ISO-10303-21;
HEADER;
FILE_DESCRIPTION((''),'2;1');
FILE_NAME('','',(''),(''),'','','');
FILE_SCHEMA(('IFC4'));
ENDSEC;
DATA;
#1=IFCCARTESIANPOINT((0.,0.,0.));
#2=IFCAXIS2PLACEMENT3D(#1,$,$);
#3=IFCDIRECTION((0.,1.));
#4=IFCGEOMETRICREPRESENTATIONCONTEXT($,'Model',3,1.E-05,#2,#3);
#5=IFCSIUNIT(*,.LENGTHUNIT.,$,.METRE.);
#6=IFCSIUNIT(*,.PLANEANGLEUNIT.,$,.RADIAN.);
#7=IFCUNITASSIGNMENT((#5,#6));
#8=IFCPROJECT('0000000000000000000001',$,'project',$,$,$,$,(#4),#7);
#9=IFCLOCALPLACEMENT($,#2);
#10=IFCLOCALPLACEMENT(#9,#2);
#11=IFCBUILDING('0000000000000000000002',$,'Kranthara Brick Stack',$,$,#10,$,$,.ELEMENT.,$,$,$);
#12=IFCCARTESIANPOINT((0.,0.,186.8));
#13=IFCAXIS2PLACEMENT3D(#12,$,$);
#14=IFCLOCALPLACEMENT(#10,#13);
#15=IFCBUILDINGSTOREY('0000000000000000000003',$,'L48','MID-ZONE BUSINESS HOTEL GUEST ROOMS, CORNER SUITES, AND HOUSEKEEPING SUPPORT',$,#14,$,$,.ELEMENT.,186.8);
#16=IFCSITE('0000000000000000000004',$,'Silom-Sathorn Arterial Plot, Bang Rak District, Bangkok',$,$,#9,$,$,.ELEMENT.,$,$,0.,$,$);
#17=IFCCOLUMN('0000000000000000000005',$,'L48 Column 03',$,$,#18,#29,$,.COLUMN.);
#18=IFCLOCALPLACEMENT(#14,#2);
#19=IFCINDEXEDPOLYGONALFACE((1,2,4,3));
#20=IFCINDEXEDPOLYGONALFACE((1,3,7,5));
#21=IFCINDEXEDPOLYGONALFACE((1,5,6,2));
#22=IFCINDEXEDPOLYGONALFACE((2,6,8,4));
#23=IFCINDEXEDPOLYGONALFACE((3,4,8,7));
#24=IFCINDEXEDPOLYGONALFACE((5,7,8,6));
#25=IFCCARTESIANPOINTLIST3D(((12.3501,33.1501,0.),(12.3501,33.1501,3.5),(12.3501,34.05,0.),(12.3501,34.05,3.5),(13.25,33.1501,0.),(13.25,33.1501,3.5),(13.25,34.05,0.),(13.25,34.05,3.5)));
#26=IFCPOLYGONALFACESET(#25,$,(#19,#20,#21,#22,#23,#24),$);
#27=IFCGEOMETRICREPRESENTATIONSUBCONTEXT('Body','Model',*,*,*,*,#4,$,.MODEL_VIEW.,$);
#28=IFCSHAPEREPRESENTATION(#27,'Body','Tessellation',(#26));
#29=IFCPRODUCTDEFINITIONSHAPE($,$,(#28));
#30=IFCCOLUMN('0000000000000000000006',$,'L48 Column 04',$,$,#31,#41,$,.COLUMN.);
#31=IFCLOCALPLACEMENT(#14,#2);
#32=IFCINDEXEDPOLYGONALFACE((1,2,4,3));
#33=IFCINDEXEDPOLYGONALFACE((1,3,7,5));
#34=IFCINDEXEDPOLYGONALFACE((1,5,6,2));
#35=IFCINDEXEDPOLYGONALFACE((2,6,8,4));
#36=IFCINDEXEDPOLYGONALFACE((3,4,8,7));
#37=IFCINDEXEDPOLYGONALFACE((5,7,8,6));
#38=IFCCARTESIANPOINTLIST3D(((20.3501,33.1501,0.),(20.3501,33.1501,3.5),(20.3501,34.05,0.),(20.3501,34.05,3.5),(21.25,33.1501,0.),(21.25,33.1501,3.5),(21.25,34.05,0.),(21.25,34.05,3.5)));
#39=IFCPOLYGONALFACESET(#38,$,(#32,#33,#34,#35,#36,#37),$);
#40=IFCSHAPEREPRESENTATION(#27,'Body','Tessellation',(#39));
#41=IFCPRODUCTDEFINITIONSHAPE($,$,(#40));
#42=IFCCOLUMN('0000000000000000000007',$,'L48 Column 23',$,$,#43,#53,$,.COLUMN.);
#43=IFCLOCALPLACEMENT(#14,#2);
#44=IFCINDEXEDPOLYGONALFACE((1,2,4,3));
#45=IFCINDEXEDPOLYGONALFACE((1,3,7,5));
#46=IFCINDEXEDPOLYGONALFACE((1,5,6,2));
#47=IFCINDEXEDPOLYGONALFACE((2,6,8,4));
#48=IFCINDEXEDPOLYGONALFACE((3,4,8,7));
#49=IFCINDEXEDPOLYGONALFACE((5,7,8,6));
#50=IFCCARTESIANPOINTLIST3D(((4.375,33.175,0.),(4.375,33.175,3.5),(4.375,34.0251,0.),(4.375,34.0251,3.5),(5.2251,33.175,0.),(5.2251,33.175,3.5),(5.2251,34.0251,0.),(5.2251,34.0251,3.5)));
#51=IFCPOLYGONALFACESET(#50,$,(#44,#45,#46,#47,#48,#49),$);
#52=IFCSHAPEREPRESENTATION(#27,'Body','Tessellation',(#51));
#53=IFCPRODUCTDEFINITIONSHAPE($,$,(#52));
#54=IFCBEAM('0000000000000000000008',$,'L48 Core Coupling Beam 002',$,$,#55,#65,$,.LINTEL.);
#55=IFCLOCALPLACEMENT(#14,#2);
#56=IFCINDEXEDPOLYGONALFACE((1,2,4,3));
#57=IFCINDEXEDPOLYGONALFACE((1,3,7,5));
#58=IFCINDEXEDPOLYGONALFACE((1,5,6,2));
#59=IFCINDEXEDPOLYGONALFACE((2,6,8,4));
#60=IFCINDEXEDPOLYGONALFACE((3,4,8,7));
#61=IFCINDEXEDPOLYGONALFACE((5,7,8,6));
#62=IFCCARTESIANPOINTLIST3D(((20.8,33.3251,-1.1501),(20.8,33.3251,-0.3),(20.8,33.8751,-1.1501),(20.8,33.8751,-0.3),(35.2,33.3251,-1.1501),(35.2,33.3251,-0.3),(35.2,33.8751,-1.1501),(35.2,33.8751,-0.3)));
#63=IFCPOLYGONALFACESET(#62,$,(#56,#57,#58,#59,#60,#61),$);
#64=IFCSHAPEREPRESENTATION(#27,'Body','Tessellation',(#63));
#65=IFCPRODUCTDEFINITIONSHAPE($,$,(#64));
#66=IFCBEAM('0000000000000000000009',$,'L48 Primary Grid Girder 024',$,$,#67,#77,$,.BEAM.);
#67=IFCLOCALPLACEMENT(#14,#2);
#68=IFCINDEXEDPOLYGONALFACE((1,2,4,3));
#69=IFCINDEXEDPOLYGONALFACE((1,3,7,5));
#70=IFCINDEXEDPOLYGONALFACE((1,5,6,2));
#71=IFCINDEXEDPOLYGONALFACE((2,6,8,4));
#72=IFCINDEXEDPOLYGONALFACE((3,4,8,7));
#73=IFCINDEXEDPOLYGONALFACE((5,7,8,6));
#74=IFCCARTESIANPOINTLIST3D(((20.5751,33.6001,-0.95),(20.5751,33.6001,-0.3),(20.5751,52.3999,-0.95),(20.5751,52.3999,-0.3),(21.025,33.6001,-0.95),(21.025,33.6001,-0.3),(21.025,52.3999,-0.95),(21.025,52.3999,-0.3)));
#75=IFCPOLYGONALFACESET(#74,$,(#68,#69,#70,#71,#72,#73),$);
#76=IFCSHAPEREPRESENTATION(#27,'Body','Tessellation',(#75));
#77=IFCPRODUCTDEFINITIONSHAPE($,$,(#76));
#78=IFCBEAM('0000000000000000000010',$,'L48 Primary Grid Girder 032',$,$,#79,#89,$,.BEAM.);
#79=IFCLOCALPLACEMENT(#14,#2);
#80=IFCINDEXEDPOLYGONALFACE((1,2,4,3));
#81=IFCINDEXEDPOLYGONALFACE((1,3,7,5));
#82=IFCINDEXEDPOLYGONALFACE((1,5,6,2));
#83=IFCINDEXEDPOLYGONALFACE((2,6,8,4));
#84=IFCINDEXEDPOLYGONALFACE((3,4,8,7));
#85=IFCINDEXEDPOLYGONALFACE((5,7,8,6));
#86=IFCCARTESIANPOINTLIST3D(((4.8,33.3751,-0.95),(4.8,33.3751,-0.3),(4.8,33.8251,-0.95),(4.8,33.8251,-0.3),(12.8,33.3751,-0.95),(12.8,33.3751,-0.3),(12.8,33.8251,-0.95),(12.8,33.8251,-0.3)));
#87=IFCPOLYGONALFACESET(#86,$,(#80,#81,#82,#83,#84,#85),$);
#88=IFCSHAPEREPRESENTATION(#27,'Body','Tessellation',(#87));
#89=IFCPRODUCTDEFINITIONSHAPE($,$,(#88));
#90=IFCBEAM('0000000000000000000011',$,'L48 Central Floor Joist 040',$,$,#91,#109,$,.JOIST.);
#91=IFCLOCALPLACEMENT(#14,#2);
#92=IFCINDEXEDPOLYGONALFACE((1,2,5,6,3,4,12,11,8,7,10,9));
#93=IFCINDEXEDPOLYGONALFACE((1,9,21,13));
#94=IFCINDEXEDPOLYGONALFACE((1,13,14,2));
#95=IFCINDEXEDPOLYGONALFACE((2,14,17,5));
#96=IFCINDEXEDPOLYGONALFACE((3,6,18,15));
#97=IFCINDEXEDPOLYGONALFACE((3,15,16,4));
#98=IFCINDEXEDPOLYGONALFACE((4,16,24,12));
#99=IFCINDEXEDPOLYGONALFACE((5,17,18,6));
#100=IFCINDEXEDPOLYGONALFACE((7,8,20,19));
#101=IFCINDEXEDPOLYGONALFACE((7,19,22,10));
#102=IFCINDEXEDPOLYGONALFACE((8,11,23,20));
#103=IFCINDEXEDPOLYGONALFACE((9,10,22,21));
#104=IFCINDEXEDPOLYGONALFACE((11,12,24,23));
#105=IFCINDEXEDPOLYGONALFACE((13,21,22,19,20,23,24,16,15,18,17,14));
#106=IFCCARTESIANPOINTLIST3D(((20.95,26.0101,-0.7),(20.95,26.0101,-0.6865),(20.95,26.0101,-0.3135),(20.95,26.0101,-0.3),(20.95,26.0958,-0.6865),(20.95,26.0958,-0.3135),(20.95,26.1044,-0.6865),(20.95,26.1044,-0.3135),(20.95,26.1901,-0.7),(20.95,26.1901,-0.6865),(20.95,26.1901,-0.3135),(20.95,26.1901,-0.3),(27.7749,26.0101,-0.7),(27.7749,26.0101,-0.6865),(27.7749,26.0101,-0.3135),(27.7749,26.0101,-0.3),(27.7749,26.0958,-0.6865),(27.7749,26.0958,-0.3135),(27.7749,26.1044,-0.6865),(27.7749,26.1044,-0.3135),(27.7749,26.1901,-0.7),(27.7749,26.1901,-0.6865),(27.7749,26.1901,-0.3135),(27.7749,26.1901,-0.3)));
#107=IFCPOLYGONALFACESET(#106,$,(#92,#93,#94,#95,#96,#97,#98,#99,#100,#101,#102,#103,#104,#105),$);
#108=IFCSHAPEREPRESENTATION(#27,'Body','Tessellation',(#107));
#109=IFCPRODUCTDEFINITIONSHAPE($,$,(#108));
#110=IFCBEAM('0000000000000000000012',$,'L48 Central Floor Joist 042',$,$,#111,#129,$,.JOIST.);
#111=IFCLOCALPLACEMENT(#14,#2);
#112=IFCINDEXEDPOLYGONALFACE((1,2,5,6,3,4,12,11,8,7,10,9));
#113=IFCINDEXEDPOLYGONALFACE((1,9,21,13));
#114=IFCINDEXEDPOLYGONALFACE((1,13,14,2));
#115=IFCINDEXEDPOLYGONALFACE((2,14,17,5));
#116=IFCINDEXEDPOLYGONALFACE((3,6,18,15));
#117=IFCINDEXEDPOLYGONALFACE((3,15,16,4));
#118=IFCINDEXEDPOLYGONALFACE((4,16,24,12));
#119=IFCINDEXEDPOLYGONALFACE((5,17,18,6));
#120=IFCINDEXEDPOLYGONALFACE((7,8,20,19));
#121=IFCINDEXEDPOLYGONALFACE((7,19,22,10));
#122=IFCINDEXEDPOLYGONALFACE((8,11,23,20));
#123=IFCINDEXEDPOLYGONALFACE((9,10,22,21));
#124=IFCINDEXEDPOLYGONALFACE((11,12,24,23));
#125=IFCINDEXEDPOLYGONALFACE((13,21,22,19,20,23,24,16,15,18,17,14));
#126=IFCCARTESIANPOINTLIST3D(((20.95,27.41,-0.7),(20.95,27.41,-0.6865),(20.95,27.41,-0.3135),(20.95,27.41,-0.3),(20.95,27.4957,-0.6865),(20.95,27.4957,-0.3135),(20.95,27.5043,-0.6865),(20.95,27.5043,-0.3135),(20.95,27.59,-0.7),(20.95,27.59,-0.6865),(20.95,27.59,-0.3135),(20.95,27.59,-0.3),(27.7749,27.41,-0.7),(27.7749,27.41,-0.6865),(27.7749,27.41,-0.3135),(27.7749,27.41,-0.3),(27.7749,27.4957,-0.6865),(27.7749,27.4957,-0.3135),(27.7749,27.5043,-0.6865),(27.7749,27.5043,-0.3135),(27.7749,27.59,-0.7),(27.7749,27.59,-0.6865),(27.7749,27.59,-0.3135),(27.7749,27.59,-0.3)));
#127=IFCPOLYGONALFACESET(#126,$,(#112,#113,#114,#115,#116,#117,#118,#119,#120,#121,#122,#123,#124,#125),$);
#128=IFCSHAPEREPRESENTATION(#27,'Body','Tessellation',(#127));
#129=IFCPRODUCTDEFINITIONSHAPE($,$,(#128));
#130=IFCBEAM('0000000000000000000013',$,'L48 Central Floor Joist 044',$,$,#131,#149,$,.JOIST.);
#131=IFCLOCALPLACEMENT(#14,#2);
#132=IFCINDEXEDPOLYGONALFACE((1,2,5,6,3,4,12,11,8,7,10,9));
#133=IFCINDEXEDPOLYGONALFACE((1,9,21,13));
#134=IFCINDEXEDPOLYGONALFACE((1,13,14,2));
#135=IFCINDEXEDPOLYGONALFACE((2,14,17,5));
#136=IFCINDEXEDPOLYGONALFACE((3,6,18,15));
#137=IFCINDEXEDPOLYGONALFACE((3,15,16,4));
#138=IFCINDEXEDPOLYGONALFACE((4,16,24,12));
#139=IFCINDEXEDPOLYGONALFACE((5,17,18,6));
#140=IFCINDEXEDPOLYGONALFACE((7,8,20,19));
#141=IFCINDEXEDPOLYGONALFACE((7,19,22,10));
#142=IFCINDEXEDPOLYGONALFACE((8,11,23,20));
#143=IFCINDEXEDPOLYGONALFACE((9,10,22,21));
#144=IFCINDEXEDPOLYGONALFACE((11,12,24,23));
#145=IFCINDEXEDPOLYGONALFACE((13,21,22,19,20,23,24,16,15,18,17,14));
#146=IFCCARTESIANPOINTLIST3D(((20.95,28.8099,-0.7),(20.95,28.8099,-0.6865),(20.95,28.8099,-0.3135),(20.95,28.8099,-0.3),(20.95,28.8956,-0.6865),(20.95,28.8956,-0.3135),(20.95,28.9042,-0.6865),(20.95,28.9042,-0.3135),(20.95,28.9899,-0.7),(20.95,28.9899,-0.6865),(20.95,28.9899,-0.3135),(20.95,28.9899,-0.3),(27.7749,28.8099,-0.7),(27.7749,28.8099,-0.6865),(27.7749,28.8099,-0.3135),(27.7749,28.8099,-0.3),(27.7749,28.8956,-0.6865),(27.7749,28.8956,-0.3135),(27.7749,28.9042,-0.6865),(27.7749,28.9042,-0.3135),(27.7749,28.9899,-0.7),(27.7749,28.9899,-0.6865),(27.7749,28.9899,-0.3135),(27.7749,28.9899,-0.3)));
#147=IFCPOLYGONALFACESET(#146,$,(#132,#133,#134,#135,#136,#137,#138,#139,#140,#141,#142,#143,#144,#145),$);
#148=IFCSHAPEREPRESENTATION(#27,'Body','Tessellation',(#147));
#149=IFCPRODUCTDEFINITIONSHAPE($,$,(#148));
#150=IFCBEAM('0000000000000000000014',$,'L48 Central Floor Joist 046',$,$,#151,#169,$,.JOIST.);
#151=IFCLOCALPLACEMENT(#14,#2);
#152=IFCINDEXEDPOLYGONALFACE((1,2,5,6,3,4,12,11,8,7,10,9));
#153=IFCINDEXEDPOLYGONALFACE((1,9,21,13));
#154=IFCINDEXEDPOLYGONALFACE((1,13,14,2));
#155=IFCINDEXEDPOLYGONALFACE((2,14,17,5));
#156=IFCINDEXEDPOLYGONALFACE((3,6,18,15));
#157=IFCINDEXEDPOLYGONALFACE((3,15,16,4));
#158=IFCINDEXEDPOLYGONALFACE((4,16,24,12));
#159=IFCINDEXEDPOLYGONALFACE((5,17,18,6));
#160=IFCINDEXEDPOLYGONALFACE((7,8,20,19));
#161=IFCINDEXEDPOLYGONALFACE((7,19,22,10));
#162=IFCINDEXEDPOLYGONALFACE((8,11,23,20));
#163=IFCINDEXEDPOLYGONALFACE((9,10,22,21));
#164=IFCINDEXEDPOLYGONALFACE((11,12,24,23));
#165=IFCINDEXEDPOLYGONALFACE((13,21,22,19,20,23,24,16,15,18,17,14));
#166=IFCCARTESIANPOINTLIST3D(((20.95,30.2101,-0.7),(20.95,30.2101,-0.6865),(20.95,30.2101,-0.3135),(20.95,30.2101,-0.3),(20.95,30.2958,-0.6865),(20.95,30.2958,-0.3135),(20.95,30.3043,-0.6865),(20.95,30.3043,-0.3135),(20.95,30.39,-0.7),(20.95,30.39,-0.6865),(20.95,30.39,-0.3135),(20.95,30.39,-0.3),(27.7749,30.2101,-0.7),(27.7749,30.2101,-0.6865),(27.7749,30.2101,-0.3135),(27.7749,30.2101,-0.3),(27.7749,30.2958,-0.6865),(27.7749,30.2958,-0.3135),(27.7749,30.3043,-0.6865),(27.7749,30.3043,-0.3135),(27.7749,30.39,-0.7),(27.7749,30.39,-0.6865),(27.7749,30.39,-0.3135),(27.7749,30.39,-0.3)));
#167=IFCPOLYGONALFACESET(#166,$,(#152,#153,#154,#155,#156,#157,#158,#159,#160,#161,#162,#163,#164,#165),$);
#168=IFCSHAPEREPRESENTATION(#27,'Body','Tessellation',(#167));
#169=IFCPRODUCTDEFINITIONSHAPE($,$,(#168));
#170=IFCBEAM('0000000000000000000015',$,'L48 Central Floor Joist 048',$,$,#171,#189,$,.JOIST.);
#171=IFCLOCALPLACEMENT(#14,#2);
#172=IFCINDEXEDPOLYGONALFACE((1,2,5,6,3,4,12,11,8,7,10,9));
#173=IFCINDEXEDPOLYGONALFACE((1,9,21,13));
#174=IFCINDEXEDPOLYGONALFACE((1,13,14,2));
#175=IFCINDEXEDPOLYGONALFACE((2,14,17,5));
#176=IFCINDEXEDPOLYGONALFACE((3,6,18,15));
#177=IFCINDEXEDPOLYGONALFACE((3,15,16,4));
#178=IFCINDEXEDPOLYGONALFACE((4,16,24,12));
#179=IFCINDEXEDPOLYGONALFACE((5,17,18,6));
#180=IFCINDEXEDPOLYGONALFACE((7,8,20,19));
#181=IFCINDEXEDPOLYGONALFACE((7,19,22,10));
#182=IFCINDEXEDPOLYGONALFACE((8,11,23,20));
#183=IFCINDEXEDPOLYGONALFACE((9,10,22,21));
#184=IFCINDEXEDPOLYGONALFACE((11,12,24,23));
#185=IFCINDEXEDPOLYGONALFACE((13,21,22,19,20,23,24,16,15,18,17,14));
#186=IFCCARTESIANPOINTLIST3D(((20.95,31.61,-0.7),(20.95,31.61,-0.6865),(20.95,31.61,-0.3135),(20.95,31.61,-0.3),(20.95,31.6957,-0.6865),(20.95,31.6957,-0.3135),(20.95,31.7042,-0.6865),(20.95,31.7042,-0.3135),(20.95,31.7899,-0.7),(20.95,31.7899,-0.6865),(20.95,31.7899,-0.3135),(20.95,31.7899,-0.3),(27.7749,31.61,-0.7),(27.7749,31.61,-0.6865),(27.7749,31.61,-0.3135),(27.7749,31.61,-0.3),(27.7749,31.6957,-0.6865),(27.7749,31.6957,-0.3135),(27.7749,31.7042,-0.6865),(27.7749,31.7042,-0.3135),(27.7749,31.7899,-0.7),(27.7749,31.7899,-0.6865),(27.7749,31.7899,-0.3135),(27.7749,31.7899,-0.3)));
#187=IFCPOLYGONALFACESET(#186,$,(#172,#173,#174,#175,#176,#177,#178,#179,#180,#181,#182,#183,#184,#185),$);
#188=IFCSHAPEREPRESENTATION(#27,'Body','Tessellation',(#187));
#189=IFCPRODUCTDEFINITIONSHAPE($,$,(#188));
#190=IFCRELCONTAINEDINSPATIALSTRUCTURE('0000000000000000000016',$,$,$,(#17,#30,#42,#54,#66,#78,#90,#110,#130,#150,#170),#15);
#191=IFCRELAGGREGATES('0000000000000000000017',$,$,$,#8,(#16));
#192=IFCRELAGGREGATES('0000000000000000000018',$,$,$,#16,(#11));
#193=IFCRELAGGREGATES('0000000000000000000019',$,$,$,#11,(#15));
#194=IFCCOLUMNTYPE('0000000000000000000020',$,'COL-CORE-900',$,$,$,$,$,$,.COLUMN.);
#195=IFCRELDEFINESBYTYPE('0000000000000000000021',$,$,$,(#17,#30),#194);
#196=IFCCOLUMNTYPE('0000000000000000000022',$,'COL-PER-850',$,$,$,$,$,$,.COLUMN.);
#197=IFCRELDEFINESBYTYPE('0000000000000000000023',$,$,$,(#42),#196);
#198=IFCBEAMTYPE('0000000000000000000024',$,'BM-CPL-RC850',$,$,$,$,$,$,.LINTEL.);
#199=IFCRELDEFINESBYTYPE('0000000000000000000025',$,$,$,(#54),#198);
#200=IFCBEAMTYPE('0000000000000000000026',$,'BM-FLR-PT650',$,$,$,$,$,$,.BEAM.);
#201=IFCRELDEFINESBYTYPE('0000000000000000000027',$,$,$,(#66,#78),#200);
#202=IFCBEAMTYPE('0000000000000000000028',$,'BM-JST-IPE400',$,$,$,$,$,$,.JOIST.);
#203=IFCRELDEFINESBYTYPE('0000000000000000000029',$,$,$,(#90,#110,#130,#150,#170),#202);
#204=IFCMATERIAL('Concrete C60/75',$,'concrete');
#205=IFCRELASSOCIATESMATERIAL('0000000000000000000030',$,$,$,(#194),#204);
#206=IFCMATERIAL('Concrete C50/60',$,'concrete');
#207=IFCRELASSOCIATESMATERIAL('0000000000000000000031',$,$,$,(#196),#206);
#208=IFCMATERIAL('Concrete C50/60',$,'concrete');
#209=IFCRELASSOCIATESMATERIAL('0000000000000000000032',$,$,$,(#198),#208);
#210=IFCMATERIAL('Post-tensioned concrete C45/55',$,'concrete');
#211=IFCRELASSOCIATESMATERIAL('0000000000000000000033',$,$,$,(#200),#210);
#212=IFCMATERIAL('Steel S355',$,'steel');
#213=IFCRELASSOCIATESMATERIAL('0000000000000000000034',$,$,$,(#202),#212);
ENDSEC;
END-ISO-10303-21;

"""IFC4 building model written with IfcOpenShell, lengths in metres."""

from ifc_helpers import new_model, si_unit, direction, frame, origin, origin_2d, place, context, subcontext, project, spatial, rectangle, i_section, extrude, material, material_profile, profile_set, type_object, element, save


model = new_model("IFC4")

# Units and contexts
model_context = context("Model", 3, precision=1e-05, world=origin(), true_north=direction((0.0, 1.0)))
body_context = subcontext(model_context, "Body", "Model", "MODEL_VIEW")
ifc_project = project(units=[si_unit("LENGTHUNIT", "METRE"), si_unit("PLANEANGLEUNIT", "RADIAN")], contexts=[model_context])

# Site, building, storey
site_placement = place(None, origin())
site = spatial("IfcSite", under=ifc_project, at=site_placement, Name="Silom-Sathorn Arterial Plot, Bang Rak District, Bangkok", CompositionType="ELEMENT", RefElevation=0.0)
building_placement = place(site_placement, origin())
building = spatial("IfcBuilding", under=site, at=building_placement, Name="Kranthara Brick Stack", CompositionType="ELEMENT")
storey_placement = place(building_placement, frame((0.0, 0.0, 186.8)))
storey = spatial("IfcBuildingStorey", under=building, at=storey_placement, Name="L48", Description="MID-ZONE BUSINESS HOTEL GUEST ROOMS, CORNER SUITES, AND HOUSEKEEPING SUPPORT", CompositionType="ELEMENT", Elevation=186.8)

# Columns
ifc_material_1 = material(Name="Concrete C60/75", Category="concrete")
ifc_material_profile_1 = material_profile(ifc_material_1, rectangle(XDim=0.8999, YDim=0.8999, at=origin_2d()), Name="RC 900x900")
ifc_profile_set_1 = profile_set([ifc_material_profile_1], Name="Concrete C60/75")
column_type_1 = type_object("IfcColumnType", Name="COL-CORE-900", PredefinedType="COLUMN", material=ifc_profile_set_1)
for number, where, z_axis, x_axis, name in (
    (1, (12.8, 33.6001, 0.0), (0.0, 0.0, 1.0), (1.0, 0.0, 0.0), "L48 Column 03"),
    (2, (20.8, 33.6001, 0.0), (0.0, 0.0, 1.0), (1.0, 0.0, 0.0), "L48 Column 04"),
):
    element("IfcColumn", number, at=place(storey_placement, frame(where, z_axis=z_axis, x_axis=x_axis)), inside=storey, type_object=column_type_1, Name=name, PredefinedType="COLUMN", context=body_context, shape_type="SweptSolid", body=[
        extrude(rectangle(XDim=0.8999, YDim=0.8999, at=origin_2d()), origin(), (0.0, 0.0, 1.0), 3.5),
    ])
ifc_material_2 = material(Name="Concrete C50/60", Category="concrete")
ifc_material_profile_2 = material_profile(ifc_material_2, rectangle(XDim=0.8501, YDim=0.8501, at=origin_2d()), Name="RC 850x850")
ifc_profile_set_2 = profile_set([ifc_material_profile_2], Name="Concrete C50/60")
column_type_2 = type_object("IfcColumnType", Name="COL-PER-850", PredefinedType="COLUMN", material=ifc_profile_set_2)
column_placement = place(storey_placement, frame((4.8, 33.6001, 0.0), z_axis=(0.0, 0.0, 1.0), x_axis=(1.0, 0.0, 0.0)))
element("IfcColumn", 3, at=column_placement, inside=storey, type_object=column_type_2, Name="L48 Column 23", PredefinedType="COLUMN", context=body_context, shape_type="SweptSolid", body=[
    extrude(rectangle(XDim=0.8501, YDim=0.8501, at=origin_2d()), origin(), (0.0, 0.0, 1.0), 3.5),
])

# Beams
ifc_material_3 = material(Name="Concrete C50/60", Category="concrete")
ifc_material_profile_3 = material_profile(ifc_material_3, rectangle(XDim=0.55, YDim=0.8501, at=origin_2d()), Name="RC 550x850")
ifc_profile_set_3 = profile_set([ifc_material_profile_3], Name="Concrete C50/60")
beam_type_1 = type_object("IfcBeamType", Name="BM-CPL-RC850", PredefinedType="LINTEL", material=ifc_profile_set_3)
beam_1_placement = place(storey_placement, frame((20.8, 33.6001, -0.7251), z_axis=(1.0, 0.0, 0.0), x_axis=(0.0, 1.0, 0.0)))
element("IfcBeam", 4, at=beam_1_placement, inside=storey, type_object=beam_type_1, Name="L48 Core Coupling Beam 002", PredefinedType="LINTEL", context=body_context, shape_type="SweptSolid", body=[
    extrude(rectangle(XDim=0.55, YDim=0.8501, at=origin_2d()), origin(), (0.0, 0.0, 1.0), 14.3999),
])
ifc_material_4 = material(Name="Post-tensioned concrete C45/55", Category="concrete")
ifc_material_profile_4 = material_profile(ifc_material_4, rectangle(XDim=0.45, YDim=0.6499, at=origin_2d()), Name="PT 450x650")
ifc_profile_set_4 = profile_set([ifc_material_profile_4], Name="Post-tensioned concrete C45/55")
beam_type_2 = type_object("IfcBeamType", Name="BM-FLR-PT650", PredefinedType="BEAM", material=ifc_profile_set_4)
beam_2_placement = place(storey_placement, frame((20.8, 33.6001, -0.625), z_axis=(0.0, 1.0, 0.0), x_axis=(-1.0, 0.0, 0.0)))
element("IfcBeam", 5, at=beam_2_placement, inside=storey, type_object=beam_type_2, Name="L48 Primary Grid Girder 024", PredefinedType="BEAM", context=body_context, shape_type="SweptSolid", body=[
    extrude(rectangle(XDim=0.45, YDim=0.6499, at=origin_2d()), origin(), (0.0, 0.0, 1.0), 18.7998),
])
beam_3_placement = place(storey_placement, frame((4.8, 33.6001, -0.625), z_axis=(1.0, 0.0, 0.0), x_axis=(0.0, 1.0, 0.0)))
element("IfcBeam", 6, at=beam_3_placement, inside=storey, type_object=beam_type_2, Name="L48 Primary Grid Girder 032", PredefinedType="BEAM", context=body_context, shape_type="SweptSolid", body=[
    extrude(rectangle(XDim=0.45, YDim=0.6499, at=origin_2d()), origin(), (0.0, 0.0, 1.0), 8.0),
])
ifc_material_5 = material(Name="Steel S355", Category="steel")
ifc_material_profile_5 = material_profile(ifc_material_5, i_section(OverallWidth=0.1799, OverallDepth=0.3999, WebThickness=0.0085, FlangeThickness=0.0134, at=origin_2d()), Name="IPE 400")
ifc_profile_set_5 = profile_set([ifc_material_profile_5], Name="Steel S355")
beam_type_3 = type_object("IfcBeamType", Name="BM-JST-IPE400", PredefinedType="JOIST", material=ifc_profile_set_5)
for number, where, z_axis, x_axis, name in (
    (7, (20.95, 26.1001, -0.5), (1.0, 0.0, 0.0), (0.0, 1.0, 0.0), "L48 Central Floor Joist 040"),
    (8, (20.95, 27.5, -0.5), (1.0, 0.0, 0.0), (0.0, 1.0, 0.0), "L48 Central Floor Joist 042"),
    (9, (20.95, 28.8999, -0.5), (1.0, 0.0, 0.0), (0.0, 1.0, 0.0), "L48 Central Floor Joist 044"),
    (10, (20.95, 30.3, -0.5), (1.0, 0.0, 0.0), (0.0, 1.0, 0.0), "L48 Central Floor Joist 046"),
    (11, (20.95, 31.7, -0.5), (1.0, 0.0, 0.0), (0.0, 1.0, 0.0), "L48 Central Floor Joist 048"),
):
    element("IfcBeam", number, at=place(storey_placement, frame(where, z_axis=z_axis, x_axis=x_axis)), inside=storey, type_object=beam_type_3, Name=name, PredefinedType="JOIST", context=body_context, shape_type="SweptSolid", body=[
        extrude(i_section(OverallWidth=0.1799, OverallDepth=0.3999, WebThickness=0.0085, FlangeThickness=0.0134, at=origin_2d()), origin(), (0.0, 0.0, 1.0), 6.825),
    ])

save(model, "model.ifc")
